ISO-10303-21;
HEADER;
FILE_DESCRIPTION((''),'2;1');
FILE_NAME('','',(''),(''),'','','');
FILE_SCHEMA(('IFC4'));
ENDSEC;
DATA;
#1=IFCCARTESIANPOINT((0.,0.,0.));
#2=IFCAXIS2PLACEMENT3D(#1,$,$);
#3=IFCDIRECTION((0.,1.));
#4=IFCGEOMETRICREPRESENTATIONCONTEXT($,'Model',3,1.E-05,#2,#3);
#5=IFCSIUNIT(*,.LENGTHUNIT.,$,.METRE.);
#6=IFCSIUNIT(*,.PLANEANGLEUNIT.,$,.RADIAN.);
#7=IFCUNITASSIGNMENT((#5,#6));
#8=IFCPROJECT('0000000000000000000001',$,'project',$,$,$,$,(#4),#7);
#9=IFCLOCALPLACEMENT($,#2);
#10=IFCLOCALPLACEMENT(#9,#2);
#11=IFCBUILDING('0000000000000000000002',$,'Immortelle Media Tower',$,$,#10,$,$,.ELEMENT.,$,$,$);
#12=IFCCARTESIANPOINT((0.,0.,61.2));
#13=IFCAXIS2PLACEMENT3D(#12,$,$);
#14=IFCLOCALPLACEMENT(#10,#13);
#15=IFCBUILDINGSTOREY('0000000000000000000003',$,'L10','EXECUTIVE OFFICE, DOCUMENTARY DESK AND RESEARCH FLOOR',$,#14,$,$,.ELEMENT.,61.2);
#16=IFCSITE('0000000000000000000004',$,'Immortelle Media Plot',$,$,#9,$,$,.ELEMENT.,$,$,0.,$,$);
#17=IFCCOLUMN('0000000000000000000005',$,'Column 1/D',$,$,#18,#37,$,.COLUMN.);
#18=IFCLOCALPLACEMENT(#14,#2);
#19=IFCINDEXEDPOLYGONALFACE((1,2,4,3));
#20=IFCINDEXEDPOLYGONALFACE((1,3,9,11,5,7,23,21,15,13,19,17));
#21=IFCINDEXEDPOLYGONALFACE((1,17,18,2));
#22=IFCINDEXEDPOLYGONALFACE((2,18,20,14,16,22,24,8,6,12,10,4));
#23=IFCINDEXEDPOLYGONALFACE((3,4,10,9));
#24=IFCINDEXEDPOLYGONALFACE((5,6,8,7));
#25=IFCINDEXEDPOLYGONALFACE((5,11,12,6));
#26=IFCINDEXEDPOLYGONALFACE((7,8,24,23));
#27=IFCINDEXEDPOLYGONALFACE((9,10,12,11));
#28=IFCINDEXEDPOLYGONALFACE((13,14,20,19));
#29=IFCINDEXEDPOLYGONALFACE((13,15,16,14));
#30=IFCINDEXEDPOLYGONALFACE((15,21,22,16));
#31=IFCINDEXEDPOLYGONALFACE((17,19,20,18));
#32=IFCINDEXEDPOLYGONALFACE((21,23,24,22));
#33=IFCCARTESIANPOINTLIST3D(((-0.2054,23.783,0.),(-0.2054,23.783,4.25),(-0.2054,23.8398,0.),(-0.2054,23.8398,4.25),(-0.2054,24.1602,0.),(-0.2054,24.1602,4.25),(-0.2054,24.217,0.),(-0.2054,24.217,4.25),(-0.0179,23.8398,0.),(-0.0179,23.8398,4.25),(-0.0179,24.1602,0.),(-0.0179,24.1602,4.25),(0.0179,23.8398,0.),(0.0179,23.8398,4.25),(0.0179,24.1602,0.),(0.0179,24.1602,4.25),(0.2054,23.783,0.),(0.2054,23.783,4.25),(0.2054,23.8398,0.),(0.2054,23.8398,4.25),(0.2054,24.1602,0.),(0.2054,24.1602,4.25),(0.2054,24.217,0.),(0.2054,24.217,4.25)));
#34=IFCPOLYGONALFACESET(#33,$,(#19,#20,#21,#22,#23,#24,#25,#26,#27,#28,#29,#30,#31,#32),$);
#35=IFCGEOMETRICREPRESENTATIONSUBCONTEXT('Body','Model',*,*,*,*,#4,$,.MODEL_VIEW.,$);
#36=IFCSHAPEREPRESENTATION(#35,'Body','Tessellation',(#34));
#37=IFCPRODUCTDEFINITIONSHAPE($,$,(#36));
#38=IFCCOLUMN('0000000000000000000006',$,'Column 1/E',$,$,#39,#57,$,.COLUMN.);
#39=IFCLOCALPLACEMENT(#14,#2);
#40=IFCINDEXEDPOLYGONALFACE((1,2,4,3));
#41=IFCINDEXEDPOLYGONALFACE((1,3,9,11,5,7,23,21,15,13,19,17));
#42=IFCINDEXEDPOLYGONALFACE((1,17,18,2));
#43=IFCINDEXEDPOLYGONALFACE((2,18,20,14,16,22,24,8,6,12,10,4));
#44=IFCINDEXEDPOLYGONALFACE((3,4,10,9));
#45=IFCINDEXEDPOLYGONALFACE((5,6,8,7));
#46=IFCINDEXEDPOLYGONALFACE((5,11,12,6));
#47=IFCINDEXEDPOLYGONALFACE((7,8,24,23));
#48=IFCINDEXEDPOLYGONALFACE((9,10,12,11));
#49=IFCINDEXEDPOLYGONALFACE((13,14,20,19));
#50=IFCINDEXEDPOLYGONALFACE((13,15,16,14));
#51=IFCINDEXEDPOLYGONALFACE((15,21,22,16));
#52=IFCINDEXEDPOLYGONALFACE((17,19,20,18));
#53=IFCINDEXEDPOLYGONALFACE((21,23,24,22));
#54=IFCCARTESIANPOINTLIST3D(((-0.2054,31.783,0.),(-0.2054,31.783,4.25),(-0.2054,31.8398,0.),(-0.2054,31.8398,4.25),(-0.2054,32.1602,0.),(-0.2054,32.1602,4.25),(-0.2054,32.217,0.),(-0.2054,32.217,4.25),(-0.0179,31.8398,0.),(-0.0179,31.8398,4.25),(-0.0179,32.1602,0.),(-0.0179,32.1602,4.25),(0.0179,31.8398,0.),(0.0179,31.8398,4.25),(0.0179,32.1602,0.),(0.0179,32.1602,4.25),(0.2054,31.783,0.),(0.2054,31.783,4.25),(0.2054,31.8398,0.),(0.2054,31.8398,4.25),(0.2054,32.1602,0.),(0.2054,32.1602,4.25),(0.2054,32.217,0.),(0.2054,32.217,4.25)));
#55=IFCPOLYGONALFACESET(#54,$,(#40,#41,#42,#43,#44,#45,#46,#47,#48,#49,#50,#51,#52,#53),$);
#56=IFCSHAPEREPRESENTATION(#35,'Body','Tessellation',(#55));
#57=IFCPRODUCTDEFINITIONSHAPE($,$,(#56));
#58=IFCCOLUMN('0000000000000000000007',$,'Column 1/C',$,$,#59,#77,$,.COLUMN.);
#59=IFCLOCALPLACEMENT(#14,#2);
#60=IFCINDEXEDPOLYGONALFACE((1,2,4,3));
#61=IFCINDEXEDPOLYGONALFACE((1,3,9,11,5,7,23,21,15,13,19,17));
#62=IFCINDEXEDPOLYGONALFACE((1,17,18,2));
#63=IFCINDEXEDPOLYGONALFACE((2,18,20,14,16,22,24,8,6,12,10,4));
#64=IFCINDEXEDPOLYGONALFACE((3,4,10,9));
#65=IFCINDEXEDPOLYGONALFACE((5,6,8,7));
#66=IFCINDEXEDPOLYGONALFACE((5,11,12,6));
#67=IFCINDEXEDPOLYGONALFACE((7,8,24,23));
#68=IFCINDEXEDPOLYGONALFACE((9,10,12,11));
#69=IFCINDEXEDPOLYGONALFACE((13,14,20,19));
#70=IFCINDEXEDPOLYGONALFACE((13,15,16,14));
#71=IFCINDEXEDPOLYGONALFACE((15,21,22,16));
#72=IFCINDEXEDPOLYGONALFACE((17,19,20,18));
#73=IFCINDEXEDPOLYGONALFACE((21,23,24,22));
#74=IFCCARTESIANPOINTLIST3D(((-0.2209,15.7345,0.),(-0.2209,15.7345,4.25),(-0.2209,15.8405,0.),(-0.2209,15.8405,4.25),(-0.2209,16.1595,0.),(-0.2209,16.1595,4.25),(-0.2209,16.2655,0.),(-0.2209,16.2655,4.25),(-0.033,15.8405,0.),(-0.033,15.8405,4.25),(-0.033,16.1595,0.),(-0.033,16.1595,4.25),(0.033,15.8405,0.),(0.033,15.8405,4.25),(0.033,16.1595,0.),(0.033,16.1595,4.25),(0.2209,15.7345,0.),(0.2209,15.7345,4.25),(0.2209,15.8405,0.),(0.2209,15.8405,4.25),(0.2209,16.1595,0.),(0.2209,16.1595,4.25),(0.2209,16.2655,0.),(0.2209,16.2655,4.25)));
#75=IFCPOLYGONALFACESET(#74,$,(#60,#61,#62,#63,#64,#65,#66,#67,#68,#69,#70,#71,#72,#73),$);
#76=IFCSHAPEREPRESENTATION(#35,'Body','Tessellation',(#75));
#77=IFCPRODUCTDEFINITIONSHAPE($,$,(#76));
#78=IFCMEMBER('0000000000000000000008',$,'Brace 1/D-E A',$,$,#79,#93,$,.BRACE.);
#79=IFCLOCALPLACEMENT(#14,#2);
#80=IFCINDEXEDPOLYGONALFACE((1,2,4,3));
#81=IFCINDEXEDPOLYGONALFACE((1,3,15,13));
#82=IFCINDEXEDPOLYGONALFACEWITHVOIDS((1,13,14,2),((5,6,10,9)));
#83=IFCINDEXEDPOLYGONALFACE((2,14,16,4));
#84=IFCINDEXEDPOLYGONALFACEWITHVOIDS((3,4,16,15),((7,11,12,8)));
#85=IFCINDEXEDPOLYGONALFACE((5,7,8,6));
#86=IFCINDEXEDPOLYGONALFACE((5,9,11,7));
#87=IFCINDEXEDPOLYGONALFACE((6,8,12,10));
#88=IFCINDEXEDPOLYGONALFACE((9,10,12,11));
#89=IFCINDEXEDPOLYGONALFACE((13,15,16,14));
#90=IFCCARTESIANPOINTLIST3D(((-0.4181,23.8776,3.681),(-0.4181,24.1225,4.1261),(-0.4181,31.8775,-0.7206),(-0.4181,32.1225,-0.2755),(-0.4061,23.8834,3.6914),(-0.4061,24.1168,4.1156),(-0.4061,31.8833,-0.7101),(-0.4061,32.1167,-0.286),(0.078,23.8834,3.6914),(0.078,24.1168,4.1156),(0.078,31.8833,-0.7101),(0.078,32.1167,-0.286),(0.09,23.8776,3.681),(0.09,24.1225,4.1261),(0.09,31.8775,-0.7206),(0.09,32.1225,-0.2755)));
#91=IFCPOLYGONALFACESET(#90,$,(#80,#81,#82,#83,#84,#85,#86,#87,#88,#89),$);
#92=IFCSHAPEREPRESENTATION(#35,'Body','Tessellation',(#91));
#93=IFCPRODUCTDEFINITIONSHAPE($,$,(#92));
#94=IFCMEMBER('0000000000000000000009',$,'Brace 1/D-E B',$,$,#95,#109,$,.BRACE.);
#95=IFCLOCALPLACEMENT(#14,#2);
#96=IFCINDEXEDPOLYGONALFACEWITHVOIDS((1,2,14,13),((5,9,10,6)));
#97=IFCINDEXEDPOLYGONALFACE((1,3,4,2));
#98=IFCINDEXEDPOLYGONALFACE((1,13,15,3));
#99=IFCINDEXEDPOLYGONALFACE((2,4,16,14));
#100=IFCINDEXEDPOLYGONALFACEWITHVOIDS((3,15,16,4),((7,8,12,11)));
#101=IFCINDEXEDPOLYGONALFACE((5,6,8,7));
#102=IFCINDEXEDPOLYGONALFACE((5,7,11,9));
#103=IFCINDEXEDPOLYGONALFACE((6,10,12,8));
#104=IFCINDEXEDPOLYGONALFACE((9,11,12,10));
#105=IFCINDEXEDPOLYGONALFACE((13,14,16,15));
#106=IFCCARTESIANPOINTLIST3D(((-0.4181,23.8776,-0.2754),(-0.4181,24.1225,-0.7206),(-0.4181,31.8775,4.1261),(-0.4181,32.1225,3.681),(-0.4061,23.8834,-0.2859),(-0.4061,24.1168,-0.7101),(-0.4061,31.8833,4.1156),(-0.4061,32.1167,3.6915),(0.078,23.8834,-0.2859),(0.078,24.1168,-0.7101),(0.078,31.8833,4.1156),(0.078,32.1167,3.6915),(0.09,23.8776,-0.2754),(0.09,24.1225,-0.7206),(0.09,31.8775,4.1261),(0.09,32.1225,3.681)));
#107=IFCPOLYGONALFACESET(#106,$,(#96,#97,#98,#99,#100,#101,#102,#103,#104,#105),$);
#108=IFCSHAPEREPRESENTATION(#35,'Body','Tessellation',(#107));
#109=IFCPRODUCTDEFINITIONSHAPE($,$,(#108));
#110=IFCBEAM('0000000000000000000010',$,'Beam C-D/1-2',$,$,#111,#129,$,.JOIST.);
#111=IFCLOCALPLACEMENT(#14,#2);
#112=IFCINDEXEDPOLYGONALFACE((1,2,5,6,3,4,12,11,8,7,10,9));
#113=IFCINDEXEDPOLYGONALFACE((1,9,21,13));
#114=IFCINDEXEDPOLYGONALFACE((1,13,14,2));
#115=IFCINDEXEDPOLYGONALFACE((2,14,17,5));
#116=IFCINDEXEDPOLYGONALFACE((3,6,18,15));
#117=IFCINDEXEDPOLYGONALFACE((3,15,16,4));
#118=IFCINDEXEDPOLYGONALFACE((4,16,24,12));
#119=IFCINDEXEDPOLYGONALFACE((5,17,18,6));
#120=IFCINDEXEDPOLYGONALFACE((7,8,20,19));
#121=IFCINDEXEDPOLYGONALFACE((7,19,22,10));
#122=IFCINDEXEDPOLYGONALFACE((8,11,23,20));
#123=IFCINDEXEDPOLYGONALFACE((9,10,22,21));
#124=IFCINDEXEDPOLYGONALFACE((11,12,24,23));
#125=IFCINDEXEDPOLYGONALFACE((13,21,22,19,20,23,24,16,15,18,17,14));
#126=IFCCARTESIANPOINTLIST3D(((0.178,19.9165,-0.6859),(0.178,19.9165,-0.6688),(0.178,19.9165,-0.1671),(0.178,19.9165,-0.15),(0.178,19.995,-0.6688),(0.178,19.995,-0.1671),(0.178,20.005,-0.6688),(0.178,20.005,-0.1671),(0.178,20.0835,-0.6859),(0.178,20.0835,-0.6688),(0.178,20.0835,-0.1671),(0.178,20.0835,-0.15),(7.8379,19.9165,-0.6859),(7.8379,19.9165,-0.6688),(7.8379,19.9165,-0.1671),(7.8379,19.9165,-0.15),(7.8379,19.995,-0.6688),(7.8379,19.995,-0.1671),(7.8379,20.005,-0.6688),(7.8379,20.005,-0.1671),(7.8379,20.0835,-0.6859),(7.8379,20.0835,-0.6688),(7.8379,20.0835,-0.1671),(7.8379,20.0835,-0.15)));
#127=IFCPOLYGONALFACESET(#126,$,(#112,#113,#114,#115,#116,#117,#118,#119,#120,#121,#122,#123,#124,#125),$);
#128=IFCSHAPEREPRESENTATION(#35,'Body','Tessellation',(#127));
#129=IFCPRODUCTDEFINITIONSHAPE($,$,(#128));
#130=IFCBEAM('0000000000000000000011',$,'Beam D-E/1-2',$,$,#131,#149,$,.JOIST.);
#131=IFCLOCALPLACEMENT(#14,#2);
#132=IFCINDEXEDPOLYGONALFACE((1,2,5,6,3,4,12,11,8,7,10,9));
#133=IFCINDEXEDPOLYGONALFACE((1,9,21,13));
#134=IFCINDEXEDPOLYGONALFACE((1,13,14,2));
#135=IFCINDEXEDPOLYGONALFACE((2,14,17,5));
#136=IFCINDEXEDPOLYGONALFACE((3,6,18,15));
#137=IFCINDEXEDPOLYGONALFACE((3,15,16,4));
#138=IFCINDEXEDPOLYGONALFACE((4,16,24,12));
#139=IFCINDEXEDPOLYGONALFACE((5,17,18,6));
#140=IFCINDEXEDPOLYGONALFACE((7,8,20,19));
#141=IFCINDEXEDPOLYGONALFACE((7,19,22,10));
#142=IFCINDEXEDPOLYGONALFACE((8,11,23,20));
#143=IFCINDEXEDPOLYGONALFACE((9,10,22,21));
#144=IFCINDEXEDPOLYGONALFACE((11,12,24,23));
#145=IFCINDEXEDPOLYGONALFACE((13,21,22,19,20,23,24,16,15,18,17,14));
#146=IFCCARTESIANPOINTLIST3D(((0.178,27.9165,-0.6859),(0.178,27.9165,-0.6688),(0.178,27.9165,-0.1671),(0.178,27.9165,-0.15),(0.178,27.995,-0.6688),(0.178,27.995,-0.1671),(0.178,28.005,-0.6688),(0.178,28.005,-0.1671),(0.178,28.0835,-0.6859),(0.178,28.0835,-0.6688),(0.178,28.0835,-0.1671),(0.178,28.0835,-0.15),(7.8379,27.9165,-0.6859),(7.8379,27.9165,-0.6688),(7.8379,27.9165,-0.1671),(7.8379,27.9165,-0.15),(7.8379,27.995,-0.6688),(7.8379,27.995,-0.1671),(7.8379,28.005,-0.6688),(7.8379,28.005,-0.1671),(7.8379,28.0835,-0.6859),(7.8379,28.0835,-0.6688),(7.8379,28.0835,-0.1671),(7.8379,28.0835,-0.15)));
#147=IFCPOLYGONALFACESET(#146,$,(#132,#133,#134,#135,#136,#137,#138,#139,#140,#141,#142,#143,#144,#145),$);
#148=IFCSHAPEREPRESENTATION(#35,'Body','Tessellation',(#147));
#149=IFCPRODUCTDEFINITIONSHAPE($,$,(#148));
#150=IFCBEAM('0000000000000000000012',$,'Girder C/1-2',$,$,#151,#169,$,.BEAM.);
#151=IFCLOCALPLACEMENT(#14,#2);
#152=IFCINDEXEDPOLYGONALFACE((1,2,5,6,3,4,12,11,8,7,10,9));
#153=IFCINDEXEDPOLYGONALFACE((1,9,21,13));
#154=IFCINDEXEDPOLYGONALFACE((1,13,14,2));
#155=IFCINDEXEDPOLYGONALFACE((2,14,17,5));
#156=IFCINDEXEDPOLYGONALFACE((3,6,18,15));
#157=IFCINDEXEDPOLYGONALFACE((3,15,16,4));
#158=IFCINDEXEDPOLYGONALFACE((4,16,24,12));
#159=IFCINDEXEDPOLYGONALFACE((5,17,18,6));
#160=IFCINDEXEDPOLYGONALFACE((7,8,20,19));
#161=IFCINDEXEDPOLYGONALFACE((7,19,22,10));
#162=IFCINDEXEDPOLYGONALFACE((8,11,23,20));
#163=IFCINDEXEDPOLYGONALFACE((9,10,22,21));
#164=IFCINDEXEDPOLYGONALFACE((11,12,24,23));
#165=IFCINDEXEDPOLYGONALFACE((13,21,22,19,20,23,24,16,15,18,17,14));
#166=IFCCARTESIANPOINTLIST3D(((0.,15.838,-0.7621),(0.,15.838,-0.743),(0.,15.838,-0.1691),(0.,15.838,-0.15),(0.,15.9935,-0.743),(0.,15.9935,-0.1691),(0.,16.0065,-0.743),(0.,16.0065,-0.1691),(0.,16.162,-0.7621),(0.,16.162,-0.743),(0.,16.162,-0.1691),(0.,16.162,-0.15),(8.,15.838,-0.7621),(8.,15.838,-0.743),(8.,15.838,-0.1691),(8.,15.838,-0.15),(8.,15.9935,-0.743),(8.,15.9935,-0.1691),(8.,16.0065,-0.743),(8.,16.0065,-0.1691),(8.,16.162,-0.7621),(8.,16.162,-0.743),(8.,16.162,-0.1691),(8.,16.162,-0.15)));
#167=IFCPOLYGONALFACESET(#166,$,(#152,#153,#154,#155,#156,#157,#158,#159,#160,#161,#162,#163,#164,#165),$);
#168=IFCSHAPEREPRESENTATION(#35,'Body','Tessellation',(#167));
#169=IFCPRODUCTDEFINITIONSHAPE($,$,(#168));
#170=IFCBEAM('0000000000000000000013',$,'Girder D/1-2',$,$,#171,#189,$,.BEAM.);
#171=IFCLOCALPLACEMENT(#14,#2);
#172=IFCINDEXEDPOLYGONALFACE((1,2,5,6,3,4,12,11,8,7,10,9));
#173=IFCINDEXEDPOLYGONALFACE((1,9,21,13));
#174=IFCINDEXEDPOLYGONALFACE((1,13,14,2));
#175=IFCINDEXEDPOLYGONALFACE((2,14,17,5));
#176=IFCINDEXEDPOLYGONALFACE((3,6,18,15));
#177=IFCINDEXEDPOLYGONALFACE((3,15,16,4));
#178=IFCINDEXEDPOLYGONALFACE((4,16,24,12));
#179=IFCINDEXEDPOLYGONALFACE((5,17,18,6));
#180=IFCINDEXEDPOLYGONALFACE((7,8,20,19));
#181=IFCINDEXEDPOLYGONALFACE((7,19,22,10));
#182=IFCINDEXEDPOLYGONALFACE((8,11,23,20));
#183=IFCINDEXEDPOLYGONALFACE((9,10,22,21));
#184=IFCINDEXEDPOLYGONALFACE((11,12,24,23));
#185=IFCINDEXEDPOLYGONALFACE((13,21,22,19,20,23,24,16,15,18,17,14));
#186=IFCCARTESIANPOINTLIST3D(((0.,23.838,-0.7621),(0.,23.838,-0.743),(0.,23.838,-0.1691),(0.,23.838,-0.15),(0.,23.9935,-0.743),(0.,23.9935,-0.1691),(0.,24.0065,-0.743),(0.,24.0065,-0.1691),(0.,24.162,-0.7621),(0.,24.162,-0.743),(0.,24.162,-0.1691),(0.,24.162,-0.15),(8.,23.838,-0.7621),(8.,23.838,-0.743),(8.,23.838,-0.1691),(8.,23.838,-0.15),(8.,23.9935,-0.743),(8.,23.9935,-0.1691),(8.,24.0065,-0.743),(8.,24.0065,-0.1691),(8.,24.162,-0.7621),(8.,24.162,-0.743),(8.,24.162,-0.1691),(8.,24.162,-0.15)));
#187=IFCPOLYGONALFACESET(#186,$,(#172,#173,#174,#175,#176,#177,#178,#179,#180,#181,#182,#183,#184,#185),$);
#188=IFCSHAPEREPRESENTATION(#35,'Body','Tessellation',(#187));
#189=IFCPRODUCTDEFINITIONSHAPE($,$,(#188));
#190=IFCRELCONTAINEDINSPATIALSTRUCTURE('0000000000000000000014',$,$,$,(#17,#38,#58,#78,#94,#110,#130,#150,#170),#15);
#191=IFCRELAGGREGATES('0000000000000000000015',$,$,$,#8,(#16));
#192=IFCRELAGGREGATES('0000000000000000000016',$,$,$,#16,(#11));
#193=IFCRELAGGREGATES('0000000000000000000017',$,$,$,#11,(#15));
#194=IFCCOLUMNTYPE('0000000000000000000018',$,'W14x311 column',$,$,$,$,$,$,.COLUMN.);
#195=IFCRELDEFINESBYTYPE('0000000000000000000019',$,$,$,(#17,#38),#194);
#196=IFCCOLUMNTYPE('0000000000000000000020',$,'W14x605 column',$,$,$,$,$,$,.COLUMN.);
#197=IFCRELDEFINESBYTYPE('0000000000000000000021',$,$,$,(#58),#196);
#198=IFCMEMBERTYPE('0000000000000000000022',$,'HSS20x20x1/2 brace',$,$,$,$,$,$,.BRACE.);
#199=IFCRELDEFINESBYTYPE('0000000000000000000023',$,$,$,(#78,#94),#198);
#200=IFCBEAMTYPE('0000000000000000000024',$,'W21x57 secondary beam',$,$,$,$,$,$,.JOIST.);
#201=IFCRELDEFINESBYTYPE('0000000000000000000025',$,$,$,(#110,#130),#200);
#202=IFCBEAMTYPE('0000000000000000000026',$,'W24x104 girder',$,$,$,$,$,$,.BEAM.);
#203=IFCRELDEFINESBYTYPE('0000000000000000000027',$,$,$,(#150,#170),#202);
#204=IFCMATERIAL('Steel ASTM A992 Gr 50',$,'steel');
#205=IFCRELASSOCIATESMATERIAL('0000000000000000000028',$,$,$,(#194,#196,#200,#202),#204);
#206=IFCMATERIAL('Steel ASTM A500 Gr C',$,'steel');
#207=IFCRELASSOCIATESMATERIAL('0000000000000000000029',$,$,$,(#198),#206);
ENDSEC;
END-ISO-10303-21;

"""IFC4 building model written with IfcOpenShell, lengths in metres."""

from ifc_helpers import new_model, si_unit, direction, frame, origin, origin_2d, place, context, subcontext, project, spatial, hollow_rectangle, i_section, extrude, material, material_profile, profile_set, type_object, element, save


model = new_model("IFC4")

# Units and contexts
model_context = context("Model", 3, precision=1e-05, world=origin(), true_north=direction((0.0, 1.0)))
body_context = subcontext(model_context, "Body", "Model", "MODEL_VIEW")
ifc_project = project(units=[si_unit("LENGTHUNIT", "METRE"), si_unit("PLANEANGLEUNIT", "RADIAN")], contexts=[model_context])

# Site, building, storey
site_placement = place(None, origin())
site = spatial("IfcSite", under=ifc_project, at=site_placement, Name="Immortelle Media Plot", CompositionType="ELEMENT", RefElevation=0.0)
building_placement = place(site_placement, origin())
building = spatial("IfcBuilding", under=site, at=building_placement, Name="Immortelle Media Tower", CompositionType="ELEMENT")
storey_placement = place(building_placement, frame((0.0, 0.0, 61.2)))
storey = spatial("IfcBuildingStorey", under=building, at=storey_placement, Name="L10", Description="EXECUTIVE OFFICE, DOCUMENTARY DESK AND RESEARCH FLOOR", CompositionType="ELEMENT", Elevation=61.2)

# Columns
ifc_material_1 = material(Name="Steel ASTM A992 Gr 50", Category="steel")
ifc_material_profile_1 = material_profile(ifc_material_1, i_section(OverallWidth=0.4109, OverallDepth=0.4341, WebThickness=0.0359, FlangeThickness=0.0569, at=origin_2d()), Name="W14x311")
ifc_profile_set_1 = profile_set([ifc_material_profile_1], Name="Steel ASTM A992 Gr 50")
column_type_1 = type_object("IfcColumnType", Name="W14x311 column", PredefinedType="COLUMN", material=ifc_profile_set_1)
for number, where, z_axis, x_axis, name in (
    (1, (0.0, 24.0, 0.0), (0.0, 0.0, 1.0), (1.0, 0.0, 0.0), "Column 1/D"),
    (2, (0.0, 32.0, 0.0), (0.0, 0.0, 1.0), (1.0, 0.0, 0.0), "Column 1/E"),
):
    element("IfcColumn", number, at=place(storey_placement, frame(where, z_axis=z_axis, x_axis=x_axis)), inside=storey, type_object=column_type_1, Name=name, PredefinedType="COLUMN", context=body_context, shape_type="SweptSolid", body=[
        extrude(i_section(OverallWidth=0.4109, OverallDepth=0.4341, WebThickness=0.0359, FlangeThickness=0.0569, at=origin_2d()), origin(), (0.0, 0.0, 1.0), 4.25),
    ])
ifc_material_profile_2 = material_profile(ifc_material_1, i_section(OverallWidth=0.4419, OverallDepth=0.531, WebThickness=0.0659, FlangeThickness=0.106, at=origin_2d()), Name="W14x605")
ifc_profile_set_2 = profile_set([ifc_material_profile_2], Name="Steel ASTM A992 Gr 50")
column_type_2 = type_object("IfcColumnType", Name="W14x605 column", PredefinedType="COLUMN", material=ifc_profile_set_2)
column_placement = place(storey_placement, frame((0.0, 16.0, 0.0), z_axis=(0.0, 0.0, 1.0), x_axis=(1.0, 0.0, 0.0)))
element("IfcColumn", 3, at=column_placement, inside=storey, type_object=column_type_2, Name="Column 1/C", PredefinedType="COLUMN", context=body_context, shape_type="SweptSolid", body=[
    extrude(i_section(OverallWidth=0.4419, OverallDepth=0.531, WebThickness=0.0659, FlangeThickness=0.106, at=origin_2d()), origin(), (0.0, 0.0, 1.0), 4.25),
])

# Members
ifc_material_2 = material(Name="Steel ASTM A500 Gr C", Category="steel")
ifc_material_profile_3 = material_profile(ifc_material_2, hollow_rectangle(XDim=0.5081, YDim=0.5081, WallThickness=0.012, at=origin_2d()), Name="HSS20x20x1/2 brace")
ifc_profile_set_3 = profile_set([ifc_material_profile_3], Name="Steel ASTM A500 Gr C")
member_type = type_object("IfcMemberType", Name="HSS20x20x1/2 brace", PredefinedType="BRACE", material=ifc_profile_set_3)
for number, where, z_axis, x_axis, name in (
    (4, (-0.1641, 32.0, -0.498), (0.0, -0.876141, 0.482054), (1.0, 0.0, 0.0), "Brace 1/D-E A"),
    (5, (-0.1641, 32.0, 3.9036), (0.0, -0.876141, -0.482054), (1.0, 0.0, 0.0), "Brace 1/D-E B"),
):
    element("IfcMember", number, at=place(storey_placement, frame(where, z_axis=z_axis, x_axis=x_axis)), inside=storey, type_object=member_type, Name=name, PredefinedType="BRACE", context=body_context, shape_type="SweptSolid", body=[
        extrude(hollow_rectangle(XDim=0.5081, YDim=0.5081, WallThickness=0.012, at=origin_2d()), origin(), (0.0, 0.0, 1.0), 9.1309),
    ])

# Beams
ifc_material_profile_4 = material_profile(ifc_material_1, i_section(OverallWidth=0.167, OverallDepth=0.5359, WebThickness=0.01, FlangeThickness=0.0171, at=origin_2d()), Name="W21x57")
ifc_profile_set_4 = profile_set([ifc_material_profile_4], Name="Steel ASTM A992 Gr 50")
beam_type_1 = type_object("IfcBeamType", Name="W21x57 secondary beam", PredefinedType="JOIST", material=ifc_profile_set_4)
for number, where, z_axis, x_axis, name in (
    (6, (0.178, 20.0, -0.418), (1.0, 0.0, 0.0), (0.0, 1.0, 0.0), "Beam C-D/1-2"),
    (7, (0.178, 28.0, -0.418), (1.0, 0.0, 0.0), (0.0, 1.0, 0.0), "Beam D-E/1-2"),
):
    element("IfcBeam", number, at=place(storey_placement, frame(where, z_axis=z_axis, x_axis=x_axis)), inside=storey, type_object=beam_type_1, Name=name, PredefinedType="JOIST", context=body_context, shape_type="SweptSolid", body=[
        extrude(i_section(OverallWidth=0.167, OverallDepth=0.5359, WebThickness=0.01, FlangeThickness=0.0171, at=origin_2d()), origin(), (0.0, 0.0, 1.0), 7.6599),
    ])
ifc_material_profile_5 = material_profile(ifc_material_1, i_section(OverallWidth=0.324, OverallDepth=0.6121, WebThickness=0.0129, FlangeThickness=0.019, at=origin_2d()), Name="W24x104")
ifc_profile_set_5 = profile_set([ifc_material_profile_5], Name="Steel ASTM A992 Gr 50")
beam_type_2 = type_object("IfcBeamType", Name="W24x104 girder", PredefinedType="BEAM", material=ifc_profile_set_5)
for number, where, z_axis, x_axis, name in (
    (8, (0.0, 16.0, -0.4561), (1.0, 0.0, 0.0), (0.0, 1.0, 0.0), "Girder C/1-2"),
    (9, (0.0, 24.0, -0.4561), (1.0, 0.0, 0.0), (0.0, 1.0, 0.0), "Girder D/1-2"),
):
    element("IfcBeam", number, at=place(storey_placement, frame(where, z_axis=z_axis, x_axis=x_axis)), inside=storey, type_object=beam_type_2, Name=name, PredefinedType="BEAM", context=body_context, shape_type="SweptSolid", body=[
        extrude(i_section(OverallWidth=0.324, OverallDepth=0.6121, WebThickness=0.0129, FlangeThickness=0.019, at=origin_2d()), origin(), (0.0, 0.0, 1.0), 8.0),
    ])

save(model, "model.ifc")
